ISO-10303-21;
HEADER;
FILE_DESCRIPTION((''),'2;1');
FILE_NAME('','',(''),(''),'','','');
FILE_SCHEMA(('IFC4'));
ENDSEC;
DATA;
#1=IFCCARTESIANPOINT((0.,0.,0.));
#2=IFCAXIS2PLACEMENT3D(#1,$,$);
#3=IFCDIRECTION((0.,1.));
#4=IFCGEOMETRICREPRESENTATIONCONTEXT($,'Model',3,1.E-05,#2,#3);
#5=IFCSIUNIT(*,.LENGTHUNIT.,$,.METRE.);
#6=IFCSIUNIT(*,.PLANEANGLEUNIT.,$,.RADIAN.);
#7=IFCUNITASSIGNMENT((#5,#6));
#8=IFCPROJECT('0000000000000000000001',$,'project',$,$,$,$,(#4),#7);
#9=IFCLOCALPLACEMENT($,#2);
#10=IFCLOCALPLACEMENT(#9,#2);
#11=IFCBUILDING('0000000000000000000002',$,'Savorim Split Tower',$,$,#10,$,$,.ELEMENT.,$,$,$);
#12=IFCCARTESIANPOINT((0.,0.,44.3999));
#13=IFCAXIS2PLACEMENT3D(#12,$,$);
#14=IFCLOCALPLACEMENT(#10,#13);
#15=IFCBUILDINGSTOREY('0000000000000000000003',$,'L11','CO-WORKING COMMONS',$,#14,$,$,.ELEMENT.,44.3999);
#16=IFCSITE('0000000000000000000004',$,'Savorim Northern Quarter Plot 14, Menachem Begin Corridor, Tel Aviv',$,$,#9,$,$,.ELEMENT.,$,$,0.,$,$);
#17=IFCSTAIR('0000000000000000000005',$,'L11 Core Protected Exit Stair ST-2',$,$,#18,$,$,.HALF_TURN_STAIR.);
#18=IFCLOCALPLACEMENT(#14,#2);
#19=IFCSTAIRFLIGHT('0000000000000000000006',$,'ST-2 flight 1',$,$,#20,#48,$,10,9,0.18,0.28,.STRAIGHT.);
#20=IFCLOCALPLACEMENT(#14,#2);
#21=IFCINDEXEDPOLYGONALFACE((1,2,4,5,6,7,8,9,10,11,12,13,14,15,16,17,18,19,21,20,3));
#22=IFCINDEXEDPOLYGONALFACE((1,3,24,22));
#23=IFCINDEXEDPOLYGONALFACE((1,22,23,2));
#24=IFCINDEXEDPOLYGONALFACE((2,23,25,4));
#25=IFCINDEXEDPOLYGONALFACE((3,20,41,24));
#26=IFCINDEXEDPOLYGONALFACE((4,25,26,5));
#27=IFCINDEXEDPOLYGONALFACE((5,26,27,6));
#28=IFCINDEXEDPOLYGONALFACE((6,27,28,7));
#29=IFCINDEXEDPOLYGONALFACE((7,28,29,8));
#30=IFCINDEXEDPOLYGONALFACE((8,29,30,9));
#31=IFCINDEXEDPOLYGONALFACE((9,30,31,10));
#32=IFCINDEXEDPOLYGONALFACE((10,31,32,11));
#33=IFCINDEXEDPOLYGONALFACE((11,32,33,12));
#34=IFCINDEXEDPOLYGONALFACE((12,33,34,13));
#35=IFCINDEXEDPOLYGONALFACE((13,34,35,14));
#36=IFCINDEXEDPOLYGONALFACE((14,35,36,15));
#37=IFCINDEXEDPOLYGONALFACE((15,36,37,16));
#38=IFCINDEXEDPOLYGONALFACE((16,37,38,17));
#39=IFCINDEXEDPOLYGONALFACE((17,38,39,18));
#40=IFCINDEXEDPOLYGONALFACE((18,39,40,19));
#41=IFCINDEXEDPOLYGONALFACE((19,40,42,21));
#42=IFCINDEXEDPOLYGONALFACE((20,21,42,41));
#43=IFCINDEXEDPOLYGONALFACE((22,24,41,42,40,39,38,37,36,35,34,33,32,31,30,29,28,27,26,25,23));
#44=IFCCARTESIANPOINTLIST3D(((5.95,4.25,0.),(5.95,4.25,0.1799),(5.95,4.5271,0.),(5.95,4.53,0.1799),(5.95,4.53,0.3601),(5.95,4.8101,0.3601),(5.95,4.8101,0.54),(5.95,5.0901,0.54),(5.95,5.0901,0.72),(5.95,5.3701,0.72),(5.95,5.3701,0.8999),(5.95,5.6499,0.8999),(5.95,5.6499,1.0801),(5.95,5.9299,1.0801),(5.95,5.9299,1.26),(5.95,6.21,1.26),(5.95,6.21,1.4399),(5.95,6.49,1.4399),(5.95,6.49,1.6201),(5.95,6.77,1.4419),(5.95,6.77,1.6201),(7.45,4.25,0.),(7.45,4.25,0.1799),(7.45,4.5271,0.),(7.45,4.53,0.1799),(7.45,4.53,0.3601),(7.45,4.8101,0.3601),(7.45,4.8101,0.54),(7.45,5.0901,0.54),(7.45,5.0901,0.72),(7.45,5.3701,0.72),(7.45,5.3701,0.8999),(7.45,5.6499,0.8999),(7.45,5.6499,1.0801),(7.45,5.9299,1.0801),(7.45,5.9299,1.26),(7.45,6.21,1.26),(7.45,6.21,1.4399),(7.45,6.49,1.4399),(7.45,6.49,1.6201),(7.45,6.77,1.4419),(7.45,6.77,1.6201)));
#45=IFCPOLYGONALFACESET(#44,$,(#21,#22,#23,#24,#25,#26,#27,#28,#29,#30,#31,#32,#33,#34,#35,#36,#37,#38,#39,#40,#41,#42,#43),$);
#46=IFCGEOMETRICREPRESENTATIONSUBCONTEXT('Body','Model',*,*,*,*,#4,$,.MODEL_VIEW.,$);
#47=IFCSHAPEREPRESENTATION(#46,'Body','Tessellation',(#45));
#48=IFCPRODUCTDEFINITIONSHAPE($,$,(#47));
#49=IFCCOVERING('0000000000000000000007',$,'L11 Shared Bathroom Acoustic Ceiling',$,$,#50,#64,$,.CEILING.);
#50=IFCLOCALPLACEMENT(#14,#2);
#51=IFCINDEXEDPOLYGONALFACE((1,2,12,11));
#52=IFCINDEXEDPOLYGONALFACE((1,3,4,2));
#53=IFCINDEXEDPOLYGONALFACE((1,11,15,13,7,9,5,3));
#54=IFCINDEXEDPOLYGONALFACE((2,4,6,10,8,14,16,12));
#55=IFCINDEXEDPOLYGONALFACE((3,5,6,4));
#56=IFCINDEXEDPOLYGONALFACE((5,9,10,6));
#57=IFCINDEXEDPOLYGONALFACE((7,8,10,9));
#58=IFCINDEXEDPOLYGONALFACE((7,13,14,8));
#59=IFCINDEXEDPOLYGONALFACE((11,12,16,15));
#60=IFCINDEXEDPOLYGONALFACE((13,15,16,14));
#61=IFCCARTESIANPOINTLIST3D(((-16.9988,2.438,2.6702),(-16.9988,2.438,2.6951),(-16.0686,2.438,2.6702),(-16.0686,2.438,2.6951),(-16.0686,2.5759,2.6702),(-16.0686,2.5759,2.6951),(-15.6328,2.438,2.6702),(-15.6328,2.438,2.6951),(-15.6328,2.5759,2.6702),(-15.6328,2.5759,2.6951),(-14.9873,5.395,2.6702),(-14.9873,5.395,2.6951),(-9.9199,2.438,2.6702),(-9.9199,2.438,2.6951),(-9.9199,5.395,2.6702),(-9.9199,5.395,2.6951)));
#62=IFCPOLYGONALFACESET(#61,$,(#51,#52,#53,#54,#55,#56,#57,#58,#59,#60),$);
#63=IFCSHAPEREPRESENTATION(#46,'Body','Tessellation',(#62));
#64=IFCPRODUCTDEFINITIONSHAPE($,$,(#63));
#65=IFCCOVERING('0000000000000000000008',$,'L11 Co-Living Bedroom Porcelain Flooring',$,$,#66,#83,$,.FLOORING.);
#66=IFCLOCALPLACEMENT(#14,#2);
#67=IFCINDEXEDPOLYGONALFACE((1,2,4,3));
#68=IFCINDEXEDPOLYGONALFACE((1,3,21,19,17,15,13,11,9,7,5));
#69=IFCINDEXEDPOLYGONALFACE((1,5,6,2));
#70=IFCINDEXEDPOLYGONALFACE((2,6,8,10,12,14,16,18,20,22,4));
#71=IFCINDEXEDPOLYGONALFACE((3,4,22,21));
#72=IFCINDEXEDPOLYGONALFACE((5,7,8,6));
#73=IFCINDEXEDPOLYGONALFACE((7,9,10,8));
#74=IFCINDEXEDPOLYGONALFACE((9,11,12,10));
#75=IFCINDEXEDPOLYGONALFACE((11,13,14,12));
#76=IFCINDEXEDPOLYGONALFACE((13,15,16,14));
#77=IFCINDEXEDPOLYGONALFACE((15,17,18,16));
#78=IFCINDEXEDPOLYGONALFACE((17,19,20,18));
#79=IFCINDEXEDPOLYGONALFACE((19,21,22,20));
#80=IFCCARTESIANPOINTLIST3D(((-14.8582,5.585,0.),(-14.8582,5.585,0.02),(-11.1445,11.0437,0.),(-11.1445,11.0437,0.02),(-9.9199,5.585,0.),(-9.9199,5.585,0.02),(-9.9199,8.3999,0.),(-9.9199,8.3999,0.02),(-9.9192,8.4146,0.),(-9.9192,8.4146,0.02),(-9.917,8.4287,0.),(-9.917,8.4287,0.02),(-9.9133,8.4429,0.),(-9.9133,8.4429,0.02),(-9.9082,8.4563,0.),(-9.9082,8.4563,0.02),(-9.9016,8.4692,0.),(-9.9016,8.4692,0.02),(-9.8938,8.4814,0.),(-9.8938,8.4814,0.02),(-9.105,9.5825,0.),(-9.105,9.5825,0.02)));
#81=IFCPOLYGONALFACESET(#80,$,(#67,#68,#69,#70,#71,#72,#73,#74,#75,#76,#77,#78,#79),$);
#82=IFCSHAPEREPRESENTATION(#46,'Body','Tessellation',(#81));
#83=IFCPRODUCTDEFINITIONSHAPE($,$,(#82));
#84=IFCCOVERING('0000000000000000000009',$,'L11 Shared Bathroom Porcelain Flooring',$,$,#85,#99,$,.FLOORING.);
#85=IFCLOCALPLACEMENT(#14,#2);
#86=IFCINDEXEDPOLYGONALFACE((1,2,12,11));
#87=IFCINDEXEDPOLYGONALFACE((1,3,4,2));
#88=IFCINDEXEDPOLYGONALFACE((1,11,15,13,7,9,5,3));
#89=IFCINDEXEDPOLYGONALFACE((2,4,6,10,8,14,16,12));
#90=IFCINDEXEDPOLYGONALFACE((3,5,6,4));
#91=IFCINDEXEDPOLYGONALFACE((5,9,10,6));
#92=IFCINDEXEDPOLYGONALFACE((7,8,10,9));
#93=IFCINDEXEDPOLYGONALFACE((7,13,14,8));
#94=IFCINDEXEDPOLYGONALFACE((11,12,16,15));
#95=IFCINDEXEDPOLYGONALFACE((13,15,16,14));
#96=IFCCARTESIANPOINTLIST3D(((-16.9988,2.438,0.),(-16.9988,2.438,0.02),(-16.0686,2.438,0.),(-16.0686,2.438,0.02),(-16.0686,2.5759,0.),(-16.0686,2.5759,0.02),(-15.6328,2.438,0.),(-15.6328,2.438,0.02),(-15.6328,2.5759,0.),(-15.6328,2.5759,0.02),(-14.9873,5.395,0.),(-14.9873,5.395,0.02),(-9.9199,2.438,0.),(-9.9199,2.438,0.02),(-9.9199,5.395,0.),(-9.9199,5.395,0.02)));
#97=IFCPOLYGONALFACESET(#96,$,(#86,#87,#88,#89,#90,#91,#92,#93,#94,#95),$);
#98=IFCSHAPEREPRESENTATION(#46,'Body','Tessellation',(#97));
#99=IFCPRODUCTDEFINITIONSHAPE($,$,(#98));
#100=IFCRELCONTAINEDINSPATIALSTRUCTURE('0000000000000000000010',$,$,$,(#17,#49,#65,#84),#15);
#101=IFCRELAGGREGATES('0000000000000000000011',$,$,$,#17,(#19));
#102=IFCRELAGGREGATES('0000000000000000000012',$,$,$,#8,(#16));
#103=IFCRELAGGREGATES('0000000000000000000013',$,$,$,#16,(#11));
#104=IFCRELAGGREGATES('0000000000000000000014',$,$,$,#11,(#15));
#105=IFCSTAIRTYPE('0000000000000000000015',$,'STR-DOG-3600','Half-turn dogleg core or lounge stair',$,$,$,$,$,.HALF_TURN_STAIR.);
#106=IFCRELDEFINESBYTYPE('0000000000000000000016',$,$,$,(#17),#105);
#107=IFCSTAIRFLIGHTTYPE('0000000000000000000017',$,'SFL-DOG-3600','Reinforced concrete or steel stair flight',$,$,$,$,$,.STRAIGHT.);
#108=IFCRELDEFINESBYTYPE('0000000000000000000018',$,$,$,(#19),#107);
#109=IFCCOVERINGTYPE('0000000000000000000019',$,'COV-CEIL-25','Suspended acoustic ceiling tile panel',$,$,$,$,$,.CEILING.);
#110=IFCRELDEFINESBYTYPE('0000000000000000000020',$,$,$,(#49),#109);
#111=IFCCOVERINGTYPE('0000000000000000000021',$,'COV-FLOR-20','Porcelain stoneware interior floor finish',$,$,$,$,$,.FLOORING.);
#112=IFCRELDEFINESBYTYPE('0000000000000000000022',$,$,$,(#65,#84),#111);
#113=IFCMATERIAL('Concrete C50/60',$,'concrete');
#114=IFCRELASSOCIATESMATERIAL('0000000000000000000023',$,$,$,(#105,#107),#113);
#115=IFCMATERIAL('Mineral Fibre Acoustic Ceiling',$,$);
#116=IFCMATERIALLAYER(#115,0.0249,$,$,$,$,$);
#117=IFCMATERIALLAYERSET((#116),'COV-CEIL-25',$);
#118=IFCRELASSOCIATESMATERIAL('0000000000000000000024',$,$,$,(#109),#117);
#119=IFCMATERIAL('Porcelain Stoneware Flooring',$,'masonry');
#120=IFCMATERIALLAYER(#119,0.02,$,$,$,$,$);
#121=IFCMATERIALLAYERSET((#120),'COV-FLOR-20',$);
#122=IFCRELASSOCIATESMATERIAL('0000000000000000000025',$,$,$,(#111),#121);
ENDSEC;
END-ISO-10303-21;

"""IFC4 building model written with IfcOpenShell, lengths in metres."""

from ifc_helpers import new_model, si_unit, direction, frame, origin, place, context, subcontext, project, spatial, polyline, outline, extrude, material, layer, layer_set, type_object, element, aggregate, save


model = new_model("IFC4")

# Units and contexts
model_context = context("Model", 3, precision=1e-05, world=origin(), true_north=direction((0.0, 1.0)))
body_context = subcontext(model_context, "Body", "Model", "MODEL_VIEW")
ifc_project = project(units=[si_unit("LENGTHUNIT", "METRE"), si_unit("PLANEANGLEUNIT", "RADIAN")], contexts=[model_context])

# Site, building, storey
site_placement = place(None, origin())
site = spatial("IfcSite", under=ifc_project, at=site_placement, Name="Savorim Northern Quarter Plot 14, Menachem Begin Corridor, Tel Aviv", CompositionType="ELEMENT", RefElevation=0.0)
building_placement = place(site_placement, origin())
building = spatial("IfcBuilding", under=site, at=building_placement, Name="Savorim Split Tower", CompositionType="ELEMENT")
storey_placement = place(building_placement, frame((0.0, 0.0, 44.3999)))
storey = spatial("IfcBuildingStorey", under=building, at=storey_placement, Name="L11", Description="CO-WORKING COMMONS", CompositionType="ELEMENT", Elevation=44.3999)

# Shared definitions
ifc_material_1 = material(Name="Concrete C50/60", Category="concrete")

# Stair, stair flight
stair_type = type_object("IfcStairType", Name="STR-DOG-3600", Description="Half-turn dogleg core or lounge stair", PredefinedType="HALF_TURN_STAIR", material=ifc_material_1)
stair_placement = place(storey_placement, origin())
stair = element("IfcStair", 1, at=stair_placement, inside=storey, type_object=stair_type, Name="L11 Core Protected Exit Stair ST-2", PredefinedType="HALF_TURN_STAIR")
stair_flight_type = type_object("IfcStairFlightType", Name="SFL-DOG-3600", Description="Reinforced concrete or steel stair flight", PredefinedType="STRAIGHT", material=ifc_material_1)
stair_flight_placement = place(storey_placement, frame((6.7, 4.25, 0.0), z_axis=(0.0, 0.0, 1.0), x_axis=(0.0, 1.0, 0.0)))
stair_flight = element("IfcStairFlight", 2, at=stair_flight_placement, type_object=stair_flight_type, Name="ST-2 flight 1", NumberOfRisers=10, NumberOfTreads=9, PredefinedType="STRAIGHT", RiserHeight=0.18, TreadLength=0.28, context=body_context, shape_type="SweptSolid", body=[
    extrude(outline(polyline([(0.0, 0.0), (0.0, 0.1799), (0.28, 0.1799), (0.28, 0.3601), (0.5601, 0.3601), (0.5601, 0.54), (0.8401, 0.54), (0.8401, 0.72), (1.1201, 0.72), (1.1201, 0.8999), (1.3999, 0.8999), (1.3999, 1.0801), (1.6799, 1.0801), (1.6799, 1.26), (1.96, 1.26), (1.96, 1.4399), (2.24, 1.4399), (2.24, 1.6201), (2.52, 1.6201), (2.52, 1.8), (2.52, 1.4419), (0.2771, 0.0), (0.0, 0.0)])), frame((0.0, 0.75, 0.0), z_axis=(0.0, -1.0, 0.0), x_axis=(1.0, 0.0, 0.0)), (0.0, 0.0, 1.0), 1.5),
])
aggregate(stair, [stair_flight])

# Coverings
ifc_material_2 = material(Name="Mineral Fibre Acoustic Ceiling")
ifc_layer_1 = layer(ifc_material_2, 0.0249)
ifc_layer_set_1 = layer_set([ifc_layer_1], Name="COV-CEIL-25")
covering_type_1 = type_object("IfcCoveringType", Name="COV-CEIL-25", Description="Suspended acoustic ceiling tile panel", PredefinedType="CEILING", material=ifc_layer_set_1)
covering_1_placement = place(storey_placement, frame((0.0, 0.0, 2.6702)))
element("IfcCovering", 3, at=covering_1_placement, inside=storey, type_object=covering_type_1, Name="L11 Shared Bathroom Acoustic Ceiling", PredefinedType="CEILING", context=body_context, shape_type="SweptSolid", body=[
    extrude(outline(polyline([(-15.6328, 2.5759), (-15.6328, 2.438), (-9.9199, 2.438), (-9.9199, 5.395), (-14.9873, 5.395), (-16.9988, 2.438), (-16.0686, 2.438), (-16.0686, 2.5759), (-15.6328, 2.5759)])), origin(), (0.0, 0.0, 1.0), 0.0249),
])
ifc_material_3 = material(Name="Porcelain Stoneware Flooring", Category="masonry")
ifc_layer_2 = layer(ifc_material_3, 0.02)
ifc_layer_set_2 = layer_set([ifc_layer_2], Name="COV-FLOR-20")
covering_type_2 = type_object("IfcCoveringType", Name="COV-FLOR-20", Description="Porcelain stoneware interior floor finish", PredefinedType="FLOORING", material=ifc_layer_set_2)
covering_2_placement = place(storey_placement, origin())
element("IfcCovering", 4, at=covering_2_placement, inside=storey, type_object=covering_type_2, Name="L11 Co-Living Bedroom Porcelain Flooring", PredefinedType="FLOORING", context=body_context, shape_type="SweptSolid", body=[
    extrude(outline(polyline([(-9.9082, 8.4563), (-9.9016, 8.4692), (-9.8938, 8.4814), (-9.105, 9.5825), (-11.1445, 11.0437), (-14.8582, 5.585), (-9.9199, 5.585), (-9.9199, 8.3999), (-9.9192, 8.4146), (-9.917, 8.4287), (-9.9133, 8.4429), (-9.9082, 8.4563)])), origin(), (0.0, 0.0, 1.0), 0.02),
])
covering_3_placement = place(storey_placement, origin())
element("IfcCovering", 5, at=covering_3_placement, inside=storey, type_object=covering_type_2, Name="L11 Shared Bathroom Porcelain Flooring", PredefinedType="FLOORING", context=body_context, shape_type="SweptSolid", body=[
    extrude(outline(polyline([(-15.6328, 2.5759), (-15.6328, 2.438), (-9.9199, 2.438), (-9.9199, 5.395), (-14.9873, 5.395), (-16.9988, 2.438), (-16.0686, 2.438), (-16.0686, 2.5759), (-15.6328, 2.5759)])), origin(), (0.0, 0.0, 1.0), 0.02),
])

save(model, "model.ifc")
